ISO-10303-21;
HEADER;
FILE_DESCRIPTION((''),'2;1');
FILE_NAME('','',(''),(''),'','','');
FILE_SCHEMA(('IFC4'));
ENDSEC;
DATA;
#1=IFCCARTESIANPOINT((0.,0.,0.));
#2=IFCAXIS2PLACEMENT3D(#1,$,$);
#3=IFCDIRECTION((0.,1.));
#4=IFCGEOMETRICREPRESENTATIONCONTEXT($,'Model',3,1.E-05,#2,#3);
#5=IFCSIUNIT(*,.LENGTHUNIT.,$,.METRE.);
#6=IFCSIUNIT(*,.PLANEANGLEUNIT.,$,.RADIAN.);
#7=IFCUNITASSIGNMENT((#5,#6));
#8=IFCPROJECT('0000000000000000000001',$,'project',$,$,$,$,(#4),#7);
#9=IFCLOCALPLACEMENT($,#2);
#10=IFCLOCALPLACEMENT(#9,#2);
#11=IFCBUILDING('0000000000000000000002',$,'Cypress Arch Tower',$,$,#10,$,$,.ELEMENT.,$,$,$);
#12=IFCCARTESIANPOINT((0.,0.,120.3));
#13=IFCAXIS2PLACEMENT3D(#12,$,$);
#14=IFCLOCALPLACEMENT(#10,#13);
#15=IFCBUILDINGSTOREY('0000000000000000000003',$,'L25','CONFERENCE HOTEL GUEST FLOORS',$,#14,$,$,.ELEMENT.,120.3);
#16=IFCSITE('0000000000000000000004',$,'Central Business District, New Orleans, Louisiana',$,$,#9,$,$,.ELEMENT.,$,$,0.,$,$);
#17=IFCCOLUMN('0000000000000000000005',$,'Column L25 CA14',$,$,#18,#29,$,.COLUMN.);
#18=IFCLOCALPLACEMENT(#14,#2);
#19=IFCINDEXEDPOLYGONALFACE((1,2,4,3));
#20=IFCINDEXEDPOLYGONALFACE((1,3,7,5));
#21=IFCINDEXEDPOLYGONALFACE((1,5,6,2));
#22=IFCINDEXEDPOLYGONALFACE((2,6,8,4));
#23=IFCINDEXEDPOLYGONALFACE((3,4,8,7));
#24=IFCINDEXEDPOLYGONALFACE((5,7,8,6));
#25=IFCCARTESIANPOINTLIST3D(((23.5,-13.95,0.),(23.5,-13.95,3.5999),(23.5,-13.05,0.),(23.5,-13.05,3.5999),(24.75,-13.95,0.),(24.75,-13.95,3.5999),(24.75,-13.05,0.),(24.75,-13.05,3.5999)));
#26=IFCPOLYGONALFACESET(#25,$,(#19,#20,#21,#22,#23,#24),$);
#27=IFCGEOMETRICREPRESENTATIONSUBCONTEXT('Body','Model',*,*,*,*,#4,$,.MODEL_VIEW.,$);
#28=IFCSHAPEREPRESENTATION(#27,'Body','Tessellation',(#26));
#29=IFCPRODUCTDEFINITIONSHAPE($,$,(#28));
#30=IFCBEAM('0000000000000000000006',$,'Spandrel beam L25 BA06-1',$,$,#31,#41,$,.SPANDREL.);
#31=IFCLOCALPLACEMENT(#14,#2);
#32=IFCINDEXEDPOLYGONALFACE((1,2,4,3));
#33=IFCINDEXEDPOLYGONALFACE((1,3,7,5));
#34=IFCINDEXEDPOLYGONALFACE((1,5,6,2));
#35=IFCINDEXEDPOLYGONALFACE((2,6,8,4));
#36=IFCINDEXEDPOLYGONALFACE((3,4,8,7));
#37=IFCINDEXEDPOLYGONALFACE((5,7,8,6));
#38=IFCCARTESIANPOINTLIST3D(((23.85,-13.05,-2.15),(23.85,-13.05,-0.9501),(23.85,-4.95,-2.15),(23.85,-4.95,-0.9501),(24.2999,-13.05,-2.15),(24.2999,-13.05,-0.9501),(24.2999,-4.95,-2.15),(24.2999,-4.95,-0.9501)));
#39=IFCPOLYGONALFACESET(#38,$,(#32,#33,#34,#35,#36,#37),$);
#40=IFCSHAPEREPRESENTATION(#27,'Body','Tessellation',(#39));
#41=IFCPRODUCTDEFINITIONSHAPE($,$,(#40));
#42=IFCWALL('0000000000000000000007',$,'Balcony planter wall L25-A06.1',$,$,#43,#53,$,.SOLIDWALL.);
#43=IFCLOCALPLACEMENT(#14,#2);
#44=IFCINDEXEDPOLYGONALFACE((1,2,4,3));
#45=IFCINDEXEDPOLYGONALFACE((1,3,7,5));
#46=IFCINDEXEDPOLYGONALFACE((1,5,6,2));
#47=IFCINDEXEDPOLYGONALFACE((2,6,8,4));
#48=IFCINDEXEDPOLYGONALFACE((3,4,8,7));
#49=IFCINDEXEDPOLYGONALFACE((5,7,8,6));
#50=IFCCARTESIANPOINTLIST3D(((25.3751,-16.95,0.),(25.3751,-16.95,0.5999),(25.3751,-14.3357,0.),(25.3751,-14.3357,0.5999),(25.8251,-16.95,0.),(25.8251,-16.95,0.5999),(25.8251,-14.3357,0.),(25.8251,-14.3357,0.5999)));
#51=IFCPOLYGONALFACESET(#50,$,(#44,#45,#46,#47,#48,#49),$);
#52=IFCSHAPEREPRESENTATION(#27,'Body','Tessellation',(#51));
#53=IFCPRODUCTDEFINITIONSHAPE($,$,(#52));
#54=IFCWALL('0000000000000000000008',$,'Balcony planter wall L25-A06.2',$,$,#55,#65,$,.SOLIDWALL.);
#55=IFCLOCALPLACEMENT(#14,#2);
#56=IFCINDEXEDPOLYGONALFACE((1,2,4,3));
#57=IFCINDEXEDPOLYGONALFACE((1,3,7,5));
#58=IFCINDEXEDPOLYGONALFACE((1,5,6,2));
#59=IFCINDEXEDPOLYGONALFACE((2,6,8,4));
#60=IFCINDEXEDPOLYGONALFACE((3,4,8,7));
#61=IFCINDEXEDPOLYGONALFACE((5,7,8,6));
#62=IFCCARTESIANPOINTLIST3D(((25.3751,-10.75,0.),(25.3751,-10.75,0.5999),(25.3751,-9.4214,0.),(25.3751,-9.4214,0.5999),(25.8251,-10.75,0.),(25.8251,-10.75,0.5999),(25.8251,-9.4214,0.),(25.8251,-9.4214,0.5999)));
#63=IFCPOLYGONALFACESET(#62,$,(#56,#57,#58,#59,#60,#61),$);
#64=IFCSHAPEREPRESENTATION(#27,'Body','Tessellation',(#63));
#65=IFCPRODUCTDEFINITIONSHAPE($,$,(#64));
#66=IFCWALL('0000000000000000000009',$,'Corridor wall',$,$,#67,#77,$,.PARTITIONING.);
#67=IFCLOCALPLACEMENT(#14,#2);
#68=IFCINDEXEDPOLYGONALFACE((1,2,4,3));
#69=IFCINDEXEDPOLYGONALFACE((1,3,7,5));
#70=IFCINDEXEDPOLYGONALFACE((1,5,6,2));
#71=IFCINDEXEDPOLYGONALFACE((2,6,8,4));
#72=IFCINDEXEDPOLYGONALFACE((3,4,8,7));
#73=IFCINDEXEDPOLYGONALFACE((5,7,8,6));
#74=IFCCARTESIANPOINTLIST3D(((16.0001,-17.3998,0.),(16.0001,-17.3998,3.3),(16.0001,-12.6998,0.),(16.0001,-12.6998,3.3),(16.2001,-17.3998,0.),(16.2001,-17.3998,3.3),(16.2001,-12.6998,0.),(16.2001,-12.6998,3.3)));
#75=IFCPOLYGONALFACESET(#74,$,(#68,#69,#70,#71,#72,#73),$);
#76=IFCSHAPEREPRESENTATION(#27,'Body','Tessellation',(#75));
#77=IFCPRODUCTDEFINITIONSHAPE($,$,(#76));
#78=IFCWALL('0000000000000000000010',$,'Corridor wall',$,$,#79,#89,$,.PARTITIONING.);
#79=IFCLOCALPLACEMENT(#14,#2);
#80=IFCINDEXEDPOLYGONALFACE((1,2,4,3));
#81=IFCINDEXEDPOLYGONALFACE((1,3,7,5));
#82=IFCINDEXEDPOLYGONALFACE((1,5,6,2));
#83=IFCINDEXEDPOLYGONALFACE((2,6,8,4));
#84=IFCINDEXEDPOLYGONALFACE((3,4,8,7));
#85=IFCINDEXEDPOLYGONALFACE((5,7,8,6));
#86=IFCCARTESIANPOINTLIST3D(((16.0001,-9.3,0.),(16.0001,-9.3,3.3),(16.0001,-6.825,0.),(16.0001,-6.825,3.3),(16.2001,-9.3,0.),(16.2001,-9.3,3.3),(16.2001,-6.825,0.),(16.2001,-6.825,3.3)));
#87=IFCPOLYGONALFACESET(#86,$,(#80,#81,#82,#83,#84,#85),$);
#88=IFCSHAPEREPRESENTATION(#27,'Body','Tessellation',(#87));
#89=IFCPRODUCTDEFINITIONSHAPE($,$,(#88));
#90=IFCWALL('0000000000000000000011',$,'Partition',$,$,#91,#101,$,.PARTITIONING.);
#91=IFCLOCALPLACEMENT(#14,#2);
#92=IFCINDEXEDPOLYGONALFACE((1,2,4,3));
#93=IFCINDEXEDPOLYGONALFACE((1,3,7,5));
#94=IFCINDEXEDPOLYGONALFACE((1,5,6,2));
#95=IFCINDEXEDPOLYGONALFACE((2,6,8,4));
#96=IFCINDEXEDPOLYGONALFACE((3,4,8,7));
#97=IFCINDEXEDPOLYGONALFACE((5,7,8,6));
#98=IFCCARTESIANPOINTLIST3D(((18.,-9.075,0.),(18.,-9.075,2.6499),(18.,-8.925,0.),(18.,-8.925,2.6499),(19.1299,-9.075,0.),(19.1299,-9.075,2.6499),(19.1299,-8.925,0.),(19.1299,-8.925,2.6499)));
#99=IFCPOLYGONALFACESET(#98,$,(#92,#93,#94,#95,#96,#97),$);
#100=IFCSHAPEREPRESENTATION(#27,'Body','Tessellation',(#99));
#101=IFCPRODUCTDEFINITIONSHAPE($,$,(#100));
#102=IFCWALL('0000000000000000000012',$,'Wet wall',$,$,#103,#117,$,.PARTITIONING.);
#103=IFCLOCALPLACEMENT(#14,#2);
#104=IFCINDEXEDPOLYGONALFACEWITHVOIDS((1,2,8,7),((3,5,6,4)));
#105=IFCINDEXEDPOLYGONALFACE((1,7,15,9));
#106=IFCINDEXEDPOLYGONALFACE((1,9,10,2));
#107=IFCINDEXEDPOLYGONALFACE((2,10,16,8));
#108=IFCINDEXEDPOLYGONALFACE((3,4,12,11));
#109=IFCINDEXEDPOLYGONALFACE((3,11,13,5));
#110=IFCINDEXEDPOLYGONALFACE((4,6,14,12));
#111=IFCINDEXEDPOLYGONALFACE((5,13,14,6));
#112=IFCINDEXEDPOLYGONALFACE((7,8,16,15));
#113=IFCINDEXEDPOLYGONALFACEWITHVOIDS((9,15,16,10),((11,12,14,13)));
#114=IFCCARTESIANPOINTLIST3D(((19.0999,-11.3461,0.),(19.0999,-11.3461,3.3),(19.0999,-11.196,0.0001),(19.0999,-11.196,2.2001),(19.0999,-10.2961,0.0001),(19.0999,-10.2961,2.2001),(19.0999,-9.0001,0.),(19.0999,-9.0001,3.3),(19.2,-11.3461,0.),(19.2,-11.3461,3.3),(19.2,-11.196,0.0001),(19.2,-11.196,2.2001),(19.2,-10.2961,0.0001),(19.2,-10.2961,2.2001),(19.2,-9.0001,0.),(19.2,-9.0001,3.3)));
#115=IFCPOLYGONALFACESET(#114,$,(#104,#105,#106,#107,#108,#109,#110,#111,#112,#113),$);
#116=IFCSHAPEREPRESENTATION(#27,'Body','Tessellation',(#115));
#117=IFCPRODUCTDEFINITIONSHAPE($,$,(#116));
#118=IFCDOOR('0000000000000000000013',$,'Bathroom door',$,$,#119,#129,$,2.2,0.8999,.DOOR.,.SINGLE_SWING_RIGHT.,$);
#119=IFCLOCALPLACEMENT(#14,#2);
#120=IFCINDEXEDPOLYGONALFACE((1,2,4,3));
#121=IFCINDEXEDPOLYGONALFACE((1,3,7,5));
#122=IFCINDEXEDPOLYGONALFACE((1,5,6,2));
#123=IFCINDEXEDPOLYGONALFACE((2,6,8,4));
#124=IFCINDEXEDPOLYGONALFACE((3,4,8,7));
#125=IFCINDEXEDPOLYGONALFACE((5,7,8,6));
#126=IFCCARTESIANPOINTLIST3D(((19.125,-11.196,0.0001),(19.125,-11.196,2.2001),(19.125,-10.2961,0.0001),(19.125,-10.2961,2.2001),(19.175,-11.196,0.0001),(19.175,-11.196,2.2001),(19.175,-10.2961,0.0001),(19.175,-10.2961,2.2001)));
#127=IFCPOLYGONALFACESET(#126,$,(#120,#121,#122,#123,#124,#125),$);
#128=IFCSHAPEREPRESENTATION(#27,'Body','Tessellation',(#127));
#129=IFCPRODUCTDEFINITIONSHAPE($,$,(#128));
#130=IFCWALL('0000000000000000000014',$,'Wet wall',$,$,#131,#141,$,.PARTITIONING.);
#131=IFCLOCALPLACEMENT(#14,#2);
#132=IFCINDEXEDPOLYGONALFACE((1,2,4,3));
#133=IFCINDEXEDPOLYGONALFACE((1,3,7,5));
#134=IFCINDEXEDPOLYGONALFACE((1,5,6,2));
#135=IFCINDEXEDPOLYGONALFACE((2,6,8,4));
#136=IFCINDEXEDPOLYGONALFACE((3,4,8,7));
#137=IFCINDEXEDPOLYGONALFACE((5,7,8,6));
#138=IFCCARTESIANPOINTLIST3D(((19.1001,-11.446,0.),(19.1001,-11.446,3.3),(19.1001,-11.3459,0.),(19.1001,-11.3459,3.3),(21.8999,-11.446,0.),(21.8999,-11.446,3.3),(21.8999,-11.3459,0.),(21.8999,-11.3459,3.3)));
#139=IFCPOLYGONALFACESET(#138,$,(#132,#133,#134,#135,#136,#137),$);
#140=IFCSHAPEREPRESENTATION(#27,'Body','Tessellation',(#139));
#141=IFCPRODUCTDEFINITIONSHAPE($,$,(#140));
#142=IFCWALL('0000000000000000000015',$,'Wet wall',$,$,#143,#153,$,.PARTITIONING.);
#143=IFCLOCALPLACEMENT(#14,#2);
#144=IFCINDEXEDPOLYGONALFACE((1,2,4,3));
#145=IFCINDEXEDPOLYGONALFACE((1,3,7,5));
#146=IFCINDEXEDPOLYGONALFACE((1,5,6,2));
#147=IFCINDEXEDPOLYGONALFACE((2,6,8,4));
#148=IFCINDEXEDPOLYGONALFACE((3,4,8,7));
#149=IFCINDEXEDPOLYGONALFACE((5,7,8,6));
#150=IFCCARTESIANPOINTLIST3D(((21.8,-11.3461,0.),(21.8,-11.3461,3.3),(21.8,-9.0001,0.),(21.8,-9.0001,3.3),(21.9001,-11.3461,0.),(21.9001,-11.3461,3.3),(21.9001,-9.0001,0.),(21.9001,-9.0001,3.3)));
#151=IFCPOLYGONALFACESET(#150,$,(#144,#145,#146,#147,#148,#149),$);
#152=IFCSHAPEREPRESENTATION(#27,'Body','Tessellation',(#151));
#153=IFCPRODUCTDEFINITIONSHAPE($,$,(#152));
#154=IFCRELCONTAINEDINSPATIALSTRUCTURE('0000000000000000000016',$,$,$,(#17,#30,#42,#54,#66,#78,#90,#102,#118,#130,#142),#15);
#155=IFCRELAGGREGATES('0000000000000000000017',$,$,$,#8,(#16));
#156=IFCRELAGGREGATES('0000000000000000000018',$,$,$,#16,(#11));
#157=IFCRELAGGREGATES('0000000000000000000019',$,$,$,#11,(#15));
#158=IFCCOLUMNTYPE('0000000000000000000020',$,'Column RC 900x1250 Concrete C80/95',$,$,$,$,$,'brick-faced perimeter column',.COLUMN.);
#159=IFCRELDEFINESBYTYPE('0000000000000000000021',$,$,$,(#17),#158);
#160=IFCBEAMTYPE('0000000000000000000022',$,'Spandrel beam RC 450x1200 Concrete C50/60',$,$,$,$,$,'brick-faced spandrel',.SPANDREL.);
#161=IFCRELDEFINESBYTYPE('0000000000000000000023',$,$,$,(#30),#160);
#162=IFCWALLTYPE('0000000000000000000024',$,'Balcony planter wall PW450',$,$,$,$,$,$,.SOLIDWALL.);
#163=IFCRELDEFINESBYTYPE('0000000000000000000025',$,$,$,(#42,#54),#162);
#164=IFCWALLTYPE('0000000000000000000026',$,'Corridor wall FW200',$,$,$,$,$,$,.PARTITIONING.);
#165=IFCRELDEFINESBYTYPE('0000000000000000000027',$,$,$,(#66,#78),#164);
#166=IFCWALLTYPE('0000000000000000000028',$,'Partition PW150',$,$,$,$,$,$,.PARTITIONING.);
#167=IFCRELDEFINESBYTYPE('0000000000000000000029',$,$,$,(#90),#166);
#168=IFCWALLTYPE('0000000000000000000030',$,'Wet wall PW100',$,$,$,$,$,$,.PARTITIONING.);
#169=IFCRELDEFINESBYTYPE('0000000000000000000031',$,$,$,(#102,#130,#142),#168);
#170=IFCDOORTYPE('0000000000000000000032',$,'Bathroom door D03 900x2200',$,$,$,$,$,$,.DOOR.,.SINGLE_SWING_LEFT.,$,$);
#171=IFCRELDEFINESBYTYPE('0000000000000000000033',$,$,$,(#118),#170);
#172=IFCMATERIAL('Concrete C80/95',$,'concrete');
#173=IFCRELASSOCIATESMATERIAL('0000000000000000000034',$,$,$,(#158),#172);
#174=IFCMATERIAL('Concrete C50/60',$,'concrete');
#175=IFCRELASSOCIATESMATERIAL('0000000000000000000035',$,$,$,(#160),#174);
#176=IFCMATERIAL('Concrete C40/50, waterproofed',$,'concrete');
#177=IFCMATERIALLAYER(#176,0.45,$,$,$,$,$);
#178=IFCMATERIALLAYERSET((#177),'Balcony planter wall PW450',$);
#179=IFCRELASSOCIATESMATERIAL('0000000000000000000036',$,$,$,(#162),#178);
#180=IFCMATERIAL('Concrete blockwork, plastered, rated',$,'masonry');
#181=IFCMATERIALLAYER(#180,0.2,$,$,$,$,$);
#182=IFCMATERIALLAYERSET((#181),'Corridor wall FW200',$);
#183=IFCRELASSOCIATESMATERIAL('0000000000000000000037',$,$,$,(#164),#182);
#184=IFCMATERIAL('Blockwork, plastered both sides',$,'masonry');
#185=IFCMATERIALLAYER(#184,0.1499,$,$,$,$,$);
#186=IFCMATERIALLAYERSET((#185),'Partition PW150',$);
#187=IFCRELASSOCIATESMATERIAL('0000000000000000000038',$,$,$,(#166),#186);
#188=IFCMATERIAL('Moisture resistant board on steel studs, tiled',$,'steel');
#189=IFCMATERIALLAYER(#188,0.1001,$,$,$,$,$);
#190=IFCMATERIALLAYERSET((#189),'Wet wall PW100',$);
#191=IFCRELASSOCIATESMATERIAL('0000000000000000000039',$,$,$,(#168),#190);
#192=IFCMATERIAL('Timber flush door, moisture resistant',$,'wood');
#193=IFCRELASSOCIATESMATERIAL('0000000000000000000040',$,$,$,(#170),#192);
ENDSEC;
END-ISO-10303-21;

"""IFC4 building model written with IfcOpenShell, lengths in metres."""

from ifc_helpers import new_model, si_unit, direction, frame, frame_2d, origin, origin_2d, place, context, subcontext, project, spatial, rectangle, extrude, material, layer, layer_set, material_profile, profile_set, type_object, element, fill, save


model = new_model("IFC4")

# Units and contexts
model_context = context("Model", 3, precision=1e-05, world=origin(), true_north=direction((0.0, 1.0)))
body_context = subcontext(model_context, "Body", "Model", "MODEL_VIEW")
ifc_project = project(units=[si_unit("LENGTHUNIT", "METRE"), si_unit("PLANEANGLEUNIT", "RADIAN")], contexts=[model_context])

# Site, building, storey
site_placement = place(None, origin())
site = spatial("IfcSite", under=ifc_project, at=site_placement, Name="Central Business District, New Orleans, Louisiana", CompositionType="ELEMENT", RefElevation=0.0)
building_placement = place(site_placement, origin())
building = spatial("IfcBuilding", under=site, at=building_placement, Name="Cypress Arch Tower", CompositionType="ELEMENT")
storey_placement = place(building_placement, frame((0.0, 0.0, 120.3)))
storey = spatial("IfcBuildingStorey", under=building, at=storey_placement, Name="L25", Description="CONFERENCE HOTEL GUEST FLOORS", CompositionType="ELEMENT", Elevation=120.3)

# Column
ifc_material_1 = material(Name="Concrete C80/95", Category="concrete")
ifc_material_profile_1 = material_profile(ifc_material_1, rectangle(XDim=0.8999, YDim=1.25, at=origin_2d()), Name="RC 900x1250")
ifc_profile_set_1 = profile_set([ifc_material_profile_1], Name="Concrete C80/95")
column_type = type_object("IfcColumnType", Name="Column RC 900x1250 Concrete C80/95", ElementType="brick-faced perimeter column", PredefinedType="COLUMN", material=ifc_profile_set_1)
column_placement = place(storey_placement, frame((24.125, -13.5, 0.0), z_axis=(0.0, 0.0, 1.0), x_axis=(0.0, 1.0, 0.0)))
element("IfcColumn", 1, at=column_placement, inside=storey, type_object=column_type, Name="Column L25 CA14", PredefinedType="COLUMN", context=body_context, shape_type="SweptSolid", body=[
    extrude(rectangle(XDim=0.8999, YDim=1.25, at=origin_2d()), origin(), (0.0, 0.0, 1.0), 3.5999),
])

# Beam
ifc_material_2 = material(Name="Concrete C50/60", Category="concrete")
ifc_material_profile_2 = material_profile(ifc_material_2, rectangle(XDim=0.45, YDim=1.2, at=origin_2d()), Name="RC 450x1200")
ifc_profile_set_2 = profile_set([ifc_material_profile_2], Name="Concrete C50/60")
beam_type = type_object("IfcBeamType", Name="Spandrel beam RC 450x1200 Concrete C50/60", ElementType="brick-faced spandrel", PredefinedType="SPANDREL", material=ifc_profile_set_2)
beam_placement = place(storey_placement, frame((24.075, -13.05, -1.55), z_axis=(0.0, 1.0, 0.0), x_axis=(-1.0, 0.0, 0.0)))
element("IfcBeam", 2, at=beam_placement, inside=storey, type_object=beam_type, Name="Spandrel beam L25 BA06-1", PredefinedType="SPANDREL", context=body_context, shape_type="SweptSolid", body=[
    extrude(rectangle(XDim=0.45, YDim=1.2, at=origin_2d()), origin(), (0.0, 0.0, 1.0), 8.1001),
])

# Walls
ifc_material_3 = material(Name="Concrete C40/50, waterproofed", Category="concrete")
ifc_layer_1 = layer(ifc_material_3, 0.45)
ifc_layer_set_1 = layer_set([ifc_layer_1], Name="Balcony planter wall PW450")
wall_type_1 = type_object("IfcWallType", Name="Balcony planter wall PW450", PredefinedType="SOLIDWALL", material=ifc_layer_set_1)
wall_1_placement = place(storey_placement, frame((25.6001, -16.95, 0.0), z_axis=(0.0, 0.0, 1.0), x_axis=(0.0, 1.0, 0.0)))
element("IfcWall", 3, at=wall_1_placement, inside=storey, type_object=wall_type_1, Name="Balcony planter wall L25-A06.1", PredefinedType="SOLIDWALL", context=body_context, shape_type="SweptSolid", body=[
    extrude(rectangle(XDim=2.6143, YDim=0.45, at=frame_2d((1.3071, 0.0))), origin(), (0.0, 0.0, 1.0), 0.5999),
])
wall_2_placement = place(storey_placement, frame((25.6001, -10.75, 0.0), z_axis=(0.0, 0.0, 1.0), x_axis=(0.0, 1.0, 0.0)))
element("IfcWall", 4, at=wall_2_placement, inside=storey, type_object=wall_type_1, Name="Balcony planter wall L25-A06.2", PredefinedType="SOLIDWALL", context=body_context, shape_type="SweptSolid", body=[
    extrude(rectangle(XDim=1.3286, YDim=0.45, at=frame_2d((0.6643, 0.0))), origin(), (0.0, 0.0, 1.0), 0.5999),
])

# Walls
ifc_material_4 = material(Name="Concrete blockwork, plastered, rated", Category="masonry")
ifc_layer_2 = layer(ifc_material_4, 0.2)
ifc_layer_set_2 = layer_set([ifc_layer_2], Name="Corridor wall FW200")
wall_type_2 = type_object("IfcWallType", Name="Corridor wall FW200", PredefinedType="PARTITIONING", material=ifc_layer_set_2)
wall_3_placement = place(storey_placement, frame((16.1001, -17.3999, 0.0), z_axis=(0.0, 0.0, 1.0), x_axis=(0.0, 1.0, 0.0)))
element("IfcWall", 5, at=wall_3_placement, inside=storey, type_object=wall_type_2, Name="Corridor wall", PredefinedType="PARTITIONING", context=body_context, shape_type="SweptSolid", body=[
    extrude(rectangle(XDim=4.7, YDim=0.2, at=frame_2d((2.3501, 0.0))), origin(), (0.0, 0.0, 1.0), 3.3),
])
wall_4_placement = place(storey_placement, frame((16.1001, -9.3, 0.0), z_axis=(0.0, 0.0, 1.0), x_axis=(0.0, 1.0, 0.0)))
element("IfcWall", 6, at=wall_4_placement, inside=storey, type_object=wall_type_2, Name="Corridor wall", PredefinedType="PARTITIONING", context=body_context, shape_type="SweptSolid", body=[
    extrude(rectangle(XDim=2.4751, YDim=0.2, at=frame_2d((1.2375, 0.0))), origin(), (0.0, 0.0, 1.0), 3.3),
])
ifc_material_5 = material(Name="Blockwork, plastered both sides", Category="masonry")
ifc_layer_3 = layer(ifc_material_5, 0.1499)
ifc_layer_set_3 = layer_set([ifc_layer_3], Name="Partition PW150")
wall_type_3 = type_object("IfcWallType", Name="Partition PW150", PredefinedType="PARTITIONING", material=ifc_layer_set_3)
wall_5_placement = place(storey_placement, frame((18.0, -9.0, 0.0), z_axis=(0.0, 0.0, 1.0), x_axis=(1.0, 0.0, 0.0)))
element("IfcWall", 7, at=wall_5_placement, inside=storey, type_object=wall_type_3, Name="Partition", PredefinedType="PARTITIONING", context=body_context, shape_type="SweptSolid", body=[
    extrude(rectangle(XDim=1.1299, YDim=0.1499, at=frame_2d((0.5649, 0.0))), origin(), (0.0, 0.0, 1.0), 2.6499),
])

# Wall, opening, door
ifc_material_6 = material(Name="Moisture resistant board on steel studs, tiled", Category="steel")
ifc_layer_4 = layer(ifc_material_6, 0.1001)
ifc_layer_set_4 = layer_set([ifc_layer_4], Name="Wet wall PW100")
wall_type_4 = type_object("IfcWallType", Name="Wet wall PW100", PredefinedType="PARTITIONING", material=ifc_layer_set_4)
wall_6_placement = place(storey_placement, frame((19.1499, -11.3459, 0.0), z_axis=(0.0, 0.0, 1.0), x_axis=(0.0, 1.0, 0.0)))
wall_6 = element("IfcWall", 8, at=wall_6_placement, inside=storey, type_object=wall_type_4, Name="Wet wall", PredefinedType="PARTITIONING", context=body_context, shape_type="SweptSolid", body=[
    extrude(rectangle(XDim=2.3459, YDim=0.1001, at=frame_2d((1.1729, 0.0))), origin(), (0.0, 0.0, 1.0), 3.3),
])
opening_1_placement = place(wall_6_placement, frame((0.1499, 0.0, 0.0)))
opening_1 = element("IfcOpeningElement", 9, at=opening_1_placement, cuts=wall_6, PredefinedType="OPENING", context=body_context, shape_type="SweptSolid", body=[
    extrude(rectangle(XDim=0.8999, YDim=2.2, at=frame_2d((0.45, 1.1001))), frame((0.0, 0.0601, 0.0), z_axis=(0.0, -1.0, 0.0), x_axis=(1.0, 0.0, 0.0)), (0.0, 0.0, 1.0), 0.1201),
])
ifc_material_7 = material(Name="Timber flush door, moisture resistant", Category="wood")
door_type_1 = type_object("IfcDoorType", Name="Bathroom door D03 900x2200", OperationType="SINGLE_SWING_LEFT", PredefinedType="DOOR", material=ifc_material_7)
door_1_placement = place(opening_1_placement, origin())
door_1 = element("IfcDoor", 10, at=door_1_placement, inside=storey, type_object=door_type_1, Name="Bathroom door", OperationType="SINGLE_SWING_RIGHT", OverallHeight=2.2, OverallWidth=0.8999, PredefinedType="DOOR", context=body_context, shape_type="SweptSolid", body=[
    extrude(rectangle(XDim=0.8999, YDim=2.2, at=frame_2d((0.45, 1.1001))), frame((0.0, 0.0249, 0.0), z_axis=(0.0, -1.0, 0.0), x_axis=(1.0, 0.0, 0.0)), (0.0, 0.0, 1.0), 0.05),
])
fill(opening_1, door_1)

# Walls
wall_7_placement = place(storey_placement, frame((19.1001, -11.396, 0.0), z_axis=(0.0, 0.0, 1.0), x_axis=(1.0, 0.0, 0.0)))
element("IfcWall", 11, at=wall_7_placement, inside=storey, type_object=wall_type_4, Name="Wet wall", PredefinedType="PARTITIONING", context=body_context, shape_type="SweptSolid", body=[
    extrude(rectangle(XDim=2.7998, YDim=0.1001, at=frame_2d((1.3999, 0.0))), origin(), (0.0, 0.0, 1.0), 3.3),
])
wall_8_placement = place(storey_placement, frame((21.8501, -11.3459, 0.0), z_axis=(0.0, 0.0, 1.0), x_axis=(0.0, 1.0, 0.0)))
element("IfcWall", 12, at=wall_8_placement, inside=storey, type_object=wall_type_4, Name="Wet wall", PredefinedType="PARTITIONING", context=body_context, shape_type="SweptSolid", body=[
    extrude(rectangle(XDim=2.3459, YDim=0.1001, at=frame_2d((1.1729, 0.0))), origin(), (0.0, 0.0, 1.0), 3.3),
])

save(model, "model.ifc")
